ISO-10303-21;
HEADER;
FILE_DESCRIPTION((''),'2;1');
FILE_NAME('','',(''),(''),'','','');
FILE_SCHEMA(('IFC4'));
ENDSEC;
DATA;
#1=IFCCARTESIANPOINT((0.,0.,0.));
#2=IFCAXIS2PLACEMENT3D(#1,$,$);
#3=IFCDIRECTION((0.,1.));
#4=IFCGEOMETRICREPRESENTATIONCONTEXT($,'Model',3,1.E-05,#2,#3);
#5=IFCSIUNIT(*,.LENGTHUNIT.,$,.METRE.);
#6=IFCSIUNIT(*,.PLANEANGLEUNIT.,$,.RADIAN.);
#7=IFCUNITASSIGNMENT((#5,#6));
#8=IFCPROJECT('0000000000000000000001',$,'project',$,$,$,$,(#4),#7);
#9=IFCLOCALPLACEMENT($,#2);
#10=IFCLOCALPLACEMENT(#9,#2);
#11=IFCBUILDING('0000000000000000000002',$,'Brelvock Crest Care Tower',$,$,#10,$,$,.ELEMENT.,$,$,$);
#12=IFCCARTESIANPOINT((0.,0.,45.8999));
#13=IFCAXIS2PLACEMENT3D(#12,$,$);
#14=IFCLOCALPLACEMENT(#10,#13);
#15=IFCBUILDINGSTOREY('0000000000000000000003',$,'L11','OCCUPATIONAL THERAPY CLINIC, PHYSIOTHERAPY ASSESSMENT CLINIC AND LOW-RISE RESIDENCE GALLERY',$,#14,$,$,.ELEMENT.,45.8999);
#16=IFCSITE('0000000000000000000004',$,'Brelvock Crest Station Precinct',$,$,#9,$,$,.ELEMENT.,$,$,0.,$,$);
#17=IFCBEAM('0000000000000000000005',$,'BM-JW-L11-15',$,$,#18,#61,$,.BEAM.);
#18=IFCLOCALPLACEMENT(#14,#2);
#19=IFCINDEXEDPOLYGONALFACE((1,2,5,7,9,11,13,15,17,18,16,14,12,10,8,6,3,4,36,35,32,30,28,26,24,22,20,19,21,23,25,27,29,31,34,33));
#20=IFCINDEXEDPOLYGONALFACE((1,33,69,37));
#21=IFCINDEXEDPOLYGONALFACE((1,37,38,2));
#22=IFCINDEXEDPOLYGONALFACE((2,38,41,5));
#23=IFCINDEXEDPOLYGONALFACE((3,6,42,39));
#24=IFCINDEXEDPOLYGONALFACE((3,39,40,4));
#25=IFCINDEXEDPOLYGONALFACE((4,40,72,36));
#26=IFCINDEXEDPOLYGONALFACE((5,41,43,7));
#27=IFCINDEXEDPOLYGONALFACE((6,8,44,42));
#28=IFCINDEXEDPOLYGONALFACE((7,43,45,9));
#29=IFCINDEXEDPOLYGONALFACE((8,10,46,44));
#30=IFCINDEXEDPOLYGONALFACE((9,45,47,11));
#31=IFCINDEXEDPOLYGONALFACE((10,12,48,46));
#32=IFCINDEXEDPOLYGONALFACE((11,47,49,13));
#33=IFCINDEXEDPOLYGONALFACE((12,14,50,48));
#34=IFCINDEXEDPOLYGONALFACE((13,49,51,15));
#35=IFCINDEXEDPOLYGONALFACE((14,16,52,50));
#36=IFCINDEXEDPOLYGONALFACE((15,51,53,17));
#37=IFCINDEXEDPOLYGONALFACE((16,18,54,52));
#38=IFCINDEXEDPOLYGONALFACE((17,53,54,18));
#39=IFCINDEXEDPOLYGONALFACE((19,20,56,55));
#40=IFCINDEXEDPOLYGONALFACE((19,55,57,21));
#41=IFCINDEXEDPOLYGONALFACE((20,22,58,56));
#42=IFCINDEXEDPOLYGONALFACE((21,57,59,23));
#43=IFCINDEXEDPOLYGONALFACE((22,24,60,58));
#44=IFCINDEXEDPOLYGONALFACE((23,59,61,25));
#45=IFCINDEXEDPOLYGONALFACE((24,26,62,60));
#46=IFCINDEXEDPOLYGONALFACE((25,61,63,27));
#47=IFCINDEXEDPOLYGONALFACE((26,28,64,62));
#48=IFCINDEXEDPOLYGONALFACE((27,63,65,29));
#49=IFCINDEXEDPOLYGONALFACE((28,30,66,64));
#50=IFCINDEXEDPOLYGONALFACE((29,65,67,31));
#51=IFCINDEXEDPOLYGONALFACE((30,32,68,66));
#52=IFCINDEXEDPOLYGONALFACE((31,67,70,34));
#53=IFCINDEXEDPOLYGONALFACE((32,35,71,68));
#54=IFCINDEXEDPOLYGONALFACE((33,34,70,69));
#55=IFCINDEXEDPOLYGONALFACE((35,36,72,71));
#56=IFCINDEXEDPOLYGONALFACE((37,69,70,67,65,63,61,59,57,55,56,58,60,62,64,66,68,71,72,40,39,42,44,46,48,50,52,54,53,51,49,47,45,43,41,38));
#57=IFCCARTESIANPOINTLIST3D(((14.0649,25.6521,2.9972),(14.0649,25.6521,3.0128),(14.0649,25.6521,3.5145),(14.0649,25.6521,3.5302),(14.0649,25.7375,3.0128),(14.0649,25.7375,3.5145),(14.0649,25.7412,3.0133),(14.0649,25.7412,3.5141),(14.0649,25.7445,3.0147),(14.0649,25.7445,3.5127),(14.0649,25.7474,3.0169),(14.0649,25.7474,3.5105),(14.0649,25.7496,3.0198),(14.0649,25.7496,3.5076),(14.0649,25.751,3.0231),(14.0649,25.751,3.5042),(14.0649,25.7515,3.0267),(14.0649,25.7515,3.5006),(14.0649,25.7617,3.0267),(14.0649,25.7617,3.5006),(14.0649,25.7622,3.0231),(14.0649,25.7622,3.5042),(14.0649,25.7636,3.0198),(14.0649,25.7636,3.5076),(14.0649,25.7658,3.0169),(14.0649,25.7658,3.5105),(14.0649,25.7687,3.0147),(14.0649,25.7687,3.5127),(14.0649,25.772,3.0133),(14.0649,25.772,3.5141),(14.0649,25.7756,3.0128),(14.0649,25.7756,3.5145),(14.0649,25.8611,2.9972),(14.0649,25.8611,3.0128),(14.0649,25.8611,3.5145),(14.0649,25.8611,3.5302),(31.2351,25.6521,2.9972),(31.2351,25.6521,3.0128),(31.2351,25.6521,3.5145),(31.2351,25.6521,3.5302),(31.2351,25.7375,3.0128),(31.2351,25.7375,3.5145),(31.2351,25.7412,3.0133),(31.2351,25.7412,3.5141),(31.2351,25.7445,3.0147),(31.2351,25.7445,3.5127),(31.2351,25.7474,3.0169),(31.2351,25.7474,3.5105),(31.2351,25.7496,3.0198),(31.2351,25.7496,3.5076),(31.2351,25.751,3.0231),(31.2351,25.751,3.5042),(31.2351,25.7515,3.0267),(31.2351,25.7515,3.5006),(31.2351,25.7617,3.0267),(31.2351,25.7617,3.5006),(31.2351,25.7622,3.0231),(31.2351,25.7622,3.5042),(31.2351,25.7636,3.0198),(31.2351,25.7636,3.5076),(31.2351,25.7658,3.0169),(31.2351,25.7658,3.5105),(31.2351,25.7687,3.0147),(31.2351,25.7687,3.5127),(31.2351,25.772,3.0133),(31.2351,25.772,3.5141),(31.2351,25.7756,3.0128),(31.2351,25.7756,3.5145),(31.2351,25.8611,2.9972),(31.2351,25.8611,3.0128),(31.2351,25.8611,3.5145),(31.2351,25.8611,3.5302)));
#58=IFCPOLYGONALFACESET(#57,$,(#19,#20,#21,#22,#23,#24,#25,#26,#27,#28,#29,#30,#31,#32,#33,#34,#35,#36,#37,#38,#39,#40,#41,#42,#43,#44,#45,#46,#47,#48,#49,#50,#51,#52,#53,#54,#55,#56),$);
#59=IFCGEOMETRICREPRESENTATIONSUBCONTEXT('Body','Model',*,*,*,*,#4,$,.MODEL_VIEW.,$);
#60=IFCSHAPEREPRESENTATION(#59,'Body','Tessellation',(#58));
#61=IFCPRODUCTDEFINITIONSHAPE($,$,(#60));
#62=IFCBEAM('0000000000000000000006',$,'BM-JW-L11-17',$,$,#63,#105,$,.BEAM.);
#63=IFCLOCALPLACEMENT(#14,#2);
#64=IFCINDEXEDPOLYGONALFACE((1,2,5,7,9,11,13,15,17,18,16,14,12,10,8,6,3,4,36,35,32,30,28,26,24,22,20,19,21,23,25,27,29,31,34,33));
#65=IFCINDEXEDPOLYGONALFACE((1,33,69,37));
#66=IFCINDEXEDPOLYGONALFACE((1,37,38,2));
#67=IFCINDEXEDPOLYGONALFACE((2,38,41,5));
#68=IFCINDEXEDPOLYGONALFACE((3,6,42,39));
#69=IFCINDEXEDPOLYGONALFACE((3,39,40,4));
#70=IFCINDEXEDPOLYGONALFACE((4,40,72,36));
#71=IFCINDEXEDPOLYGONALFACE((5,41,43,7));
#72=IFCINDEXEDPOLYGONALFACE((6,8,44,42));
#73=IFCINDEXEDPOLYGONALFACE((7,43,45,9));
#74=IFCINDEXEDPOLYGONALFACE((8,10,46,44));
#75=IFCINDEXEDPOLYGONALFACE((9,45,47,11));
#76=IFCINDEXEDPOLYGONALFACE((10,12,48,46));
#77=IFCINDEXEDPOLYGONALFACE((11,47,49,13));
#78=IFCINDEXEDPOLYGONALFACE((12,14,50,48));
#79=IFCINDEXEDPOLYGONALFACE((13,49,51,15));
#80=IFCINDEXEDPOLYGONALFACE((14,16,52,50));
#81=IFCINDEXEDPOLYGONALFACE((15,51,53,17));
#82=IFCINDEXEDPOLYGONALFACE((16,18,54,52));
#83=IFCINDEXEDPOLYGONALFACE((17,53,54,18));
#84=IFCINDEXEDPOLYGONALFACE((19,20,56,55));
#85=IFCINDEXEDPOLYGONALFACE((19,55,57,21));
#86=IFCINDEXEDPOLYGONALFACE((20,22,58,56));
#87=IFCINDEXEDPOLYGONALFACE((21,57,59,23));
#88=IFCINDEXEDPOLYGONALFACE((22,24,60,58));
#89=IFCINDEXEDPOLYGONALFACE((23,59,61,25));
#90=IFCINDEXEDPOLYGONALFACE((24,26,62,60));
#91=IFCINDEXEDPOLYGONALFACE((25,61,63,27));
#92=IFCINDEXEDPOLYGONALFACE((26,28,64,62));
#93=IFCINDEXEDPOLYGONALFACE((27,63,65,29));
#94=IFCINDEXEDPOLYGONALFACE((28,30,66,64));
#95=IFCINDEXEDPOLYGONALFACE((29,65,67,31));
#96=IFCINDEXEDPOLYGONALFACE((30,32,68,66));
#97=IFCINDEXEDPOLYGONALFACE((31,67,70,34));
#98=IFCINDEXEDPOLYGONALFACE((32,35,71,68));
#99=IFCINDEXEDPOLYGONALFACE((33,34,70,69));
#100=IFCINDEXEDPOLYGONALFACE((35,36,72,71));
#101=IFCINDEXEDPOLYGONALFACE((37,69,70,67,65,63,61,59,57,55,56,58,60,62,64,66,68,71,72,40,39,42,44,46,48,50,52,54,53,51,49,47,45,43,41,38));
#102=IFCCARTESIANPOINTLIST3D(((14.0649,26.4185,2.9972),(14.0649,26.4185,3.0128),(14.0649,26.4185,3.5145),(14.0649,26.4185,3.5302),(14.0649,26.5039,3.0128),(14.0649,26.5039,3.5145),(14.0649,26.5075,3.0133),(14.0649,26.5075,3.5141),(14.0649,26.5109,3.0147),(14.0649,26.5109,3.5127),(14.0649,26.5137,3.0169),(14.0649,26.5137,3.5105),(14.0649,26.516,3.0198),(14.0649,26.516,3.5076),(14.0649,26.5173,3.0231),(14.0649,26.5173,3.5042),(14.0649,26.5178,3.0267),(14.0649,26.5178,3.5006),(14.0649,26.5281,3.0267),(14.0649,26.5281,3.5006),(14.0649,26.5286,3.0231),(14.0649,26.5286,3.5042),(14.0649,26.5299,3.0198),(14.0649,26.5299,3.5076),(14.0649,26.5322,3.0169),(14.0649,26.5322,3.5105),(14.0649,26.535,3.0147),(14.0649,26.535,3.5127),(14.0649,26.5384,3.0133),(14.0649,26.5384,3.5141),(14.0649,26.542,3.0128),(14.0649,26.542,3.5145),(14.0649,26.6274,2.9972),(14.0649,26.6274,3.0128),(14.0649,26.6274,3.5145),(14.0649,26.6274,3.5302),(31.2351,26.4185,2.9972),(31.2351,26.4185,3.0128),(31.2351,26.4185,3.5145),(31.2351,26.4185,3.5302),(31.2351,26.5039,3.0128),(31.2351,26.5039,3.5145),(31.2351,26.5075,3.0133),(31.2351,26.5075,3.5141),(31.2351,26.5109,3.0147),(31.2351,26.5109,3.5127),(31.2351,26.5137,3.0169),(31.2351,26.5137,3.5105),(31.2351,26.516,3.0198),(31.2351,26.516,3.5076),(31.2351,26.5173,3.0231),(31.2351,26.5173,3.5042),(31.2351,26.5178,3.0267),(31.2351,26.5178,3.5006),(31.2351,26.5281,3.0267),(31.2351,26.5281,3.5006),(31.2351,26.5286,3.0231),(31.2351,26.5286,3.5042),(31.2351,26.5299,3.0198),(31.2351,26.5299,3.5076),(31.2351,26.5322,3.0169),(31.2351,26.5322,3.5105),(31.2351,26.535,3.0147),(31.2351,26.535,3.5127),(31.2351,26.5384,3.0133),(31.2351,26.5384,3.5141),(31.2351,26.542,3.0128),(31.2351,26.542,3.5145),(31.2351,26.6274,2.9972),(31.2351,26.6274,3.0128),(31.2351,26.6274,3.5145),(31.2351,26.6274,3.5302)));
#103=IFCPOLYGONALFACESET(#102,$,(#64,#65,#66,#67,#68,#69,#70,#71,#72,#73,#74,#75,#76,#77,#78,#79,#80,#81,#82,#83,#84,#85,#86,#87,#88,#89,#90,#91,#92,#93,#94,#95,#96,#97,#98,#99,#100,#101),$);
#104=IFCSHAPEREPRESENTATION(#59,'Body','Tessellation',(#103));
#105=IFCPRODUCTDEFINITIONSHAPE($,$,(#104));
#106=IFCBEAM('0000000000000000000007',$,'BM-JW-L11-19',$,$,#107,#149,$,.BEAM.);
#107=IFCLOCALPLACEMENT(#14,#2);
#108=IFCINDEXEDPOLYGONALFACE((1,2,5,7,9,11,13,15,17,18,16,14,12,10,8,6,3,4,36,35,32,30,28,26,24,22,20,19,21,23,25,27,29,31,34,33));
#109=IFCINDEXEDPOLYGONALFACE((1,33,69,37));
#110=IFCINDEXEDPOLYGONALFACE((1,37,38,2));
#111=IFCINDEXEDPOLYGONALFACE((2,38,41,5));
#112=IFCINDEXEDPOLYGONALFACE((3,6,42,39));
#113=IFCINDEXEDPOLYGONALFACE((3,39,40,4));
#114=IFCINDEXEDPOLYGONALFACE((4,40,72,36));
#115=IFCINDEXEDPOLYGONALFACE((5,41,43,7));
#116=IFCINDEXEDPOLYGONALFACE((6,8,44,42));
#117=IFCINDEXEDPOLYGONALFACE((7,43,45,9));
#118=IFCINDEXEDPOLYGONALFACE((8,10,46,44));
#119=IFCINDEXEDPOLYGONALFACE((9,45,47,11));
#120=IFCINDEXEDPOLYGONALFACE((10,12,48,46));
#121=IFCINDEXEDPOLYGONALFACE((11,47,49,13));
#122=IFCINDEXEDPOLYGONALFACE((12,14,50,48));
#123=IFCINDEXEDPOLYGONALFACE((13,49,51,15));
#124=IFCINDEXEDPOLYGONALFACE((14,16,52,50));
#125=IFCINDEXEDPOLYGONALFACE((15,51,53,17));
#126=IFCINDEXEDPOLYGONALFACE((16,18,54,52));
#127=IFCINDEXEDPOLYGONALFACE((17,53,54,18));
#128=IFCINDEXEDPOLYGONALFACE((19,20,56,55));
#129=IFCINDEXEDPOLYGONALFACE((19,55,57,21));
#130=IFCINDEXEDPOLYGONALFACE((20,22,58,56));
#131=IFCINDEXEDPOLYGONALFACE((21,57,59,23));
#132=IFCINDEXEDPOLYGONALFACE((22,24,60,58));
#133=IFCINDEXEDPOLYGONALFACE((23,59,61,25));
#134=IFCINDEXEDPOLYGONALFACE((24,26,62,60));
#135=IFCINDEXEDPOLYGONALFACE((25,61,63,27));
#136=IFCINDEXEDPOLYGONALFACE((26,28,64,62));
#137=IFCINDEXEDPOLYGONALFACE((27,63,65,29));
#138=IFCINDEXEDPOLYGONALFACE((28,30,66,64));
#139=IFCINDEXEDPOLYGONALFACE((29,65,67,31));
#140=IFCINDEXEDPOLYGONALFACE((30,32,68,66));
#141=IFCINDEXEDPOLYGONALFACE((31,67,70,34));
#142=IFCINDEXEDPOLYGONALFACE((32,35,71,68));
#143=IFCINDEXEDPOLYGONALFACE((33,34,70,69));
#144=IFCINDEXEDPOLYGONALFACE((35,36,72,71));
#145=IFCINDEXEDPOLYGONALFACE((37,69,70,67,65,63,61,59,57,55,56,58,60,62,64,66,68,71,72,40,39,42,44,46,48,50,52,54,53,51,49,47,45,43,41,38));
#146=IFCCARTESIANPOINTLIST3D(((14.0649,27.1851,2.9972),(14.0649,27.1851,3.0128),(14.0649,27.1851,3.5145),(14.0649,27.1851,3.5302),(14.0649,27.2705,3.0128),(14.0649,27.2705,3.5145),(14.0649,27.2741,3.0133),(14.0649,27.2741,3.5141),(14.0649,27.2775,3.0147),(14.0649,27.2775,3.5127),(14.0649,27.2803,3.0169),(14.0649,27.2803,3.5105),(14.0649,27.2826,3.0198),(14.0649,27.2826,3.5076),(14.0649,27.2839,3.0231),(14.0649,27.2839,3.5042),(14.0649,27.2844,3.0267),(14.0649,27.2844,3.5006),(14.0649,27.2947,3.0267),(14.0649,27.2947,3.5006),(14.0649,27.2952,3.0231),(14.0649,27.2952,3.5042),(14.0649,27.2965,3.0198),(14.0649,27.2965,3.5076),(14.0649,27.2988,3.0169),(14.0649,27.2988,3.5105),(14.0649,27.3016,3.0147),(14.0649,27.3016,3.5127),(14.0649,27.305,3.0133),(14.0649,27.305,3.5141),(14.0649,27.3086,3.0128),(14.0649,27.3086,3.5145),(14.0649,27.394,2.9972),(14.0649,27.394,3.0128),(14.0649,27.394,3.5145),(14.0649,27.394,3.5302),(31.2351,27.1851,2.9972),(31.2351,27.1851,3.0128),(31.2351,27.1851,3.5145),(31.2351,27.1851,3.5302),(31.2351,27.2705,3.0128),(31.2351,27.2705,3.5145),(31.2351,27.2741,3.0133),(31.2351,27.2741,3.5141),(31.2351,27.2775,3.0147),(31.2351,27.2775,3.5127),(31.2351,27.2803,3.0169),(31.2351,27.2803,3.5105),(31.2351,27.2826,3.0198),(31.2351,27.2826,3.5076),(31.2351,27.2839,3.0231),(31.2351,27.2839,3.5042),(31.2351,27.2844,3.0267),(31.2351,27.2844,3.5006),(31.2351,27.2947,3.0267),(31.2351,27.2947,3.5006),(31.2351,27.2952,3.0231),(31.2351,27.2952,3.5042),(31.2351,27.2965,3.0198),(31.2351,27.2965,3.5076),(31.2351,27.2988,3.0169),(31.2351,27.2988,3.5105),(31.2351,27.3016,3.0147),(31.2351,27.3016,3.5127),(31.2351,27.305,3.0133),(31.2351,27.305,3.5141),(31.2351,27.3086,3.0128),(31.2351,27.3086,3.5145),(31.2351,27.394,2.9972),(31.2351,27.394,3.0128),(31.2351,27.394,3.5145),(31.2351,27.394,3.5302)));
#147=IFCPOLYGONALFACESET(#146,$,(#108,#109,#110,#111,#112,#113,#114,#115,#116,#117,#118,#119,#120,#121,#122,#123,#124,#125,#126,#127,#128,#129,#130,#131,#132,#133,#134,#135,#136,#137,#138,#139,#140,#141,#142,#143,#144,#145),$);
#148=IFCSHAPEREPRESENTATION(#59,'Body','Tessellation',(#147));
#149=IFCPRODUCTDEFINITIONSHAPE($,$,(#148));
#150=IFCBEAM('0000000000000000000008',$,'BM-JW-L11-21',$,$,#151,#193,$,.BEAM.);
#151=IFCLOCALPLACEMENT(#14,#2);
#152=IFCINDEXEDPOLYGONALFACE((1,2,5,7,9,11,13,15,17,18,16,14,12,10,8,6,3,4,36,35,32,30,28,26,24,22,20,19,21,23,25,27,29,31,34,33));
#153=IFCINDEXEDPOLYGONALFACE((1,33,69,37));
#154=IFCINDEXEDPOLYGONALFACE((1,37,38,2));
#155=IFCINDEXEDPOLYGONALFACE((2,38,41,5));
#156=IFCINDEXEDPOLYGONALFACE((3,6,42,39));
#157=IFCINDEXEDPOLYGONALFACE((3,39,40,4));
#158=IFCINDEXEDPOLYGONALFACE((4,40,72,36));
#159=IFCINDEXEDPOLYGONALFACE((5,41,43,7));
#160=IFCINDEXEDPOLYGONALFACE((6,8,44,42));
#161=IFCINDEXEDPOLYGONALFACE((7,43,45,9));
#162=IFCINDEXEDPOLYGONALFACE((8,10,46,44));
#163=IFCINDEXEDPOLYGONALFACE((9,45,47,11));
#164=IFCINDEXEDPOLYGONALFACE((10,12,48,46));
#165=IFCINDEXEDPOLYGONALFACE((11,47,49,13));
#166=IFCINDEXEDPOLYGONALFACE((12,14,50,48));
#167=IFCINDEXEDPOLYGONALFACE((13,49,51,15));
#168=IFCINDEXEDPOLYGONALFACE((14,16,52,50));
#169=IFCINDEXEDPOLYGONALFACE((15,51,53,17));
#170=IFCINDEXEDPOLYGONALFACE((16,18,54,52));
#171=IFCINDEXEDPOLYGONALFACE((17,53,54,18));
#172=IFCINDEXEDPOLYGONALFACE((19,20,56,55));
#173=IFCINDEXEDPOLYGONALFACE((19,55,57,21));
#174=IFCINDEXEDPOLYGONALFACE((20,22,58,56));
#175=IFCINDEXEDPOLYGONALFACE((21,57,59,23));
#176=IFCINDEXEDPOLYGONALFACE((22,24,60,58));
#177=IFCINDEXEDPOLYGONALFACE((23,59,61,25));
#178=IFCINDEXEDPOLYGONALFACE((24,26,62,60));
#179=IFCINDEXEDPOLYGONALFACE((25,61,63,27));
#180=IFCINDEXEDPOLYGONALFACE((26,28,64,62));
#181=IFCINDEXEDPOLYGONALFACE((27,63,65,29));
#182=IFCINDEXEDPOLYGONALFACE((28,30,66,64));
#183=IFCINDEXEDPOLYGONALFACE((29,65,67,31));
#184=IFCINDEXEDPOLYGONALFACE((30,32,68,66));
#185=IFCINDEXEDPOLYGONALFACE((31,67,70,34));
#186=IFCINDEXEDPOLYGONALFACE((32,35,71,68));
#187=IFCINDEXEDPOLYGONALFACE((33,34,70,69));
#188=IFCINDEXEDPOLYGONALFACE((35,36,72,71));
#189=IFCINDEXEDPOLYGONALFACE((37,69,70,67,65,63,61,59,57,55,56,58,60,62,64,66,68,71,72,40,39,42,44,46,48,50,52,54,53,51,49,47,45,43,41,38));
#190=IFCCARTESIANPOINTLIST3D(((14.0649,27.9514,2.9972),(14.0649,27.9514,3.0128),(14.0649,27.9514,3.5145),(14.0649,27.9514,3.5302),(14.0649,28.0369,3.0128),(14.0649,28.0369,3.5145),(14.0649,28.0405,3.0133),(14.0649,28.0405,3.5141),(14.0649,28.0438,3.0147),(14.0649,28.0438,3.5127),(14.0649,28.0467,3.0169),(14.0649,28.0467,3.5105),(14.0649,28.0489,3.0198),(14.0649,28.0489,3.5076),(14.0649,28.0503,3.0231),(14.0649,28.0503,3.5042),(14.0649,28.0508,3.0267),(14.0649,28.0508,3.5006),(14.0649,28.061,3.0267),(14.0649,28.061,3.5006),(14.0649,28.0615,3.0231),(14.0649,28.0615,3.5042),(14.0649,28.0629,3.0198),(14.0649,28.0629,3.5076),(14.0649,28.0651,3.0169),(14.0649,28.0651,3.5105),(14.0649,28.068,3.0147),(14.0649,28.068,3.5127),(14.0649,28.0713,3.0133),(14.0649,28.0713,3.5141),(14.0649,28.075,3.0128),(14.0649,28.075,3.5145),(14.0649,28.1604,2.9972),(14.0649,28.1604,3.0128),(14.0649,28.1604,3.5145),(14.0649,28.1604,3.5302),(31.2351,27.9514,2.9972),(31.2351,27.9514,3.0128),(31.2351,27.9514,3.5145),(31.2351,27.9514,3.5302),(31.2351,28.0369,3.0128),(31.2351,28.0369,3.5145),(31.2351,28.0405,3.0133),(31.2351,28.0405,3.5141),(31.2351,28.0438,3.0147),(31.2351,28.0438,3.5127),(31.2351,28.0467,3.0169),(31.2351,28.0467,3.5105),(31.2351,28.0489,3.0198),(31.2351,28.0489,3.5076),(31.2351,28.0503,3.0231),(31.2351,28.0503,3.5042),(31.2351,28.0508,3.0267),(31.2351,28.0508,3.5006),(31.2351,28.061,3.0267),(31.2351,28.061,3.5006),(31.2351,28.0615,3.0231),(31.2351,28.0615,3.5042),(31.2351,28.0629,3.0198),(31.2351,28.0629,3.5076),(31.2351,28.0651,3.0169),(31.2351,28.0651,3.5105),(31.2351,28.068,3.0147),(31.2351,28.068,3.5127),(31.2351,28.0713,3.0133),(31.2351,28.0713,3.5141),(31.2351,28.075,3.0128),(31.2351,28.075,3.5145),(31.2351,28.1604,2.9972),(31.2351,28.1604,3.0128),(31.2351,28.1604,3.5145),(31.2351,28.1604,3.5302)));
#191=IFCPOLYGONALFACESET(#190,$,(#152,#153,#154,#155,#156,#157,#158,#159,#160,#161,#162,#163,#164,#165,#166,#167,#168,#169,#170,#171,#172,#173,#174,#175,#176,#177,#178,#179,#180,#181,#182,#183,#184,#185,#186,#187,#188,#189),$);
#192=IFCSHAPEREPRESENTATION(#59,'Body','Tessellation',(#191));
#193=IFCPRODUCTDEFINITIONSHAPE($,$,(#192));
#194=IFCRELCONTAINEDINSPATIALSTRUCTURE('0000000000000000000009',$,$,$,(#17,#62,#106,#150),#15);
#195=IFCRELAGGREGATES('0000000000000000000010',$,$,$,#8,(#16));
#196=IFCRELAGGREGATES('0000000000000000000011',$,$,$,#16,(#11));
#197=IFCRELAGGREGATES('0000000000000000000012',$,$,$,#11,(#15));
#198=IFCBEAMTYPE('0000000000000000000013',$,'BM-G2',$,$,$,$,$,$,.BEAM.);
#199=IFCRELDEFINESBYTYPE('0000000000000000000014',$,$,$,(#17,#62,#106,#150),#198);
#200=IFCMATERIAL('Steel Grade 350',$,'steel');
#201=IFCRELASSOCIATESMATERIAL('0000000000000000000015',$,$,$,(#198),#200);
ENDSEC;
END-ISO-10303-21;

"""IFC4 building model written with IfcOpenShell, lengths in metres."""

from ifc_helpers import new_model, si_unit, direction, frame, origin, origin_2d, place, context, subcontext, project, spatial, i_section, extrude, source, transform, mapped, material, material_profile, profile_set, type_object, element, save


model = new_model("IFC4")

# Units and contexts
model_context = context("Model", 3, precision=1e-05, world=origin(), true_north=direction((0.0, 1.0)))
body_context = subcontext(model_context, "Body", "Model", "MODEL_VIEW")
ifc_project = project(units=[si_unit("LENGTHUNIT", "METRE"), si_unit("PLANEANGLEUNIT", "RADIAN")], contexts=[model_context])

# Site, building, storey
site_placement = place(None, origin())
site = spatial("IfcSite", under=ifc_project, at=site_placement, Name="Brelvock Crest Station Precinct", CompositionType="ELEMENT", RefElevation=0.0)
building_placement = place(site_placement, origin())
building = spatial("IfcBuilding", under=site, at=building_placement, Name="Brelvock Crest Care Tower", CompositionType="ELEMENT")
storey_placement = place(building_placement, frame((0.0, 0.0, 45.8999)))
storey = spatial("IfcBuildingStorey", under=building, at=storey_placement, Name="L11", Description="OCCUPATIONAL THERAPY CLINIC, PHYSIOTHERAPY ASSESSMENT CLINIC AND LOW-RISE RESIDENCE GALLERY", CompositionType="ELEMENT", Elevation=45.8999)

# Beams
ifc_material_1 = material(Name="Steel Grade 350", Category="steel")
ifc_material_profile_1 = material_profile(ifc_material_1, i_section(OverallWidth=0.209, OverallDepth=0.533, WebThickness=0.0103, FlangeThickness=0.0156, FilletRadius=0.0139, at=origin_2d()), Name="530UB92.4")
ifc_profile_set_1 = profile_set([ifc_material_profile_1], Name="Steel Grade 350")
beam_type_1 = type_object("IfcBeamType", Name="BM-G2", PredefinedType="BEAM", material=ifc_profile_set_1)
shared_shape_1 = source(origin(), body_context, "Body", "SweptSolid", [
    extrude(i_section(OverallWidth=0.209, OverallDepth=0.533, WebThickness=0.0103, FlangeThickness=0.0156, FilletRadius=0.0139, at=origin_2d()), origin(), (0.0, 0.0, 1.0), 17.1702),
])
for number, where, z_axis, x_axis, name in (
    (1, (14.0649, 25.7566, 3.2637), (1.0, 0.0, 0.0), (0.0, 1.0, 0.0), "BM-JW-L11-15"),
    (2, (14.0649, 26.5229, 3.2637), (1.0, 0.0, 0.0), (0.0, 1.0, 0.0), "BM-JW-L11-17"),
    (3, (14.0649, 27.2896, 3.2637), (1.0, 0.0, 0.0), (0.0, 1.0, 0.0), "BM-JW-L11-19"),
    (4, (14.0649, 28.0559, 3.2637), (1.0, 0.0, 0.0), (0.0, 1.0, 0.0), "BM-JW-L11-21"),
):
    element("IfcBeam", number, at=place(storey_placement, frame(where, z_axis=z_axis, x_axis=x_axis)), inside=storey, type_object=beam_type_1, Name=name, PredefinedType="BEAM", context=body_context, shape_type="MappedRepresentation", body=[
        mapped(shared_shape_1, transform((0.0, 0.0, 0.0), x_axis=(1.0, 0.0, 0.0), y_axis=(0.0, 1.0, 0.0), z_axis=(0.0, 0.0, 1.0), scale=1.0)),
    ])

save(model, "model.ifc")
